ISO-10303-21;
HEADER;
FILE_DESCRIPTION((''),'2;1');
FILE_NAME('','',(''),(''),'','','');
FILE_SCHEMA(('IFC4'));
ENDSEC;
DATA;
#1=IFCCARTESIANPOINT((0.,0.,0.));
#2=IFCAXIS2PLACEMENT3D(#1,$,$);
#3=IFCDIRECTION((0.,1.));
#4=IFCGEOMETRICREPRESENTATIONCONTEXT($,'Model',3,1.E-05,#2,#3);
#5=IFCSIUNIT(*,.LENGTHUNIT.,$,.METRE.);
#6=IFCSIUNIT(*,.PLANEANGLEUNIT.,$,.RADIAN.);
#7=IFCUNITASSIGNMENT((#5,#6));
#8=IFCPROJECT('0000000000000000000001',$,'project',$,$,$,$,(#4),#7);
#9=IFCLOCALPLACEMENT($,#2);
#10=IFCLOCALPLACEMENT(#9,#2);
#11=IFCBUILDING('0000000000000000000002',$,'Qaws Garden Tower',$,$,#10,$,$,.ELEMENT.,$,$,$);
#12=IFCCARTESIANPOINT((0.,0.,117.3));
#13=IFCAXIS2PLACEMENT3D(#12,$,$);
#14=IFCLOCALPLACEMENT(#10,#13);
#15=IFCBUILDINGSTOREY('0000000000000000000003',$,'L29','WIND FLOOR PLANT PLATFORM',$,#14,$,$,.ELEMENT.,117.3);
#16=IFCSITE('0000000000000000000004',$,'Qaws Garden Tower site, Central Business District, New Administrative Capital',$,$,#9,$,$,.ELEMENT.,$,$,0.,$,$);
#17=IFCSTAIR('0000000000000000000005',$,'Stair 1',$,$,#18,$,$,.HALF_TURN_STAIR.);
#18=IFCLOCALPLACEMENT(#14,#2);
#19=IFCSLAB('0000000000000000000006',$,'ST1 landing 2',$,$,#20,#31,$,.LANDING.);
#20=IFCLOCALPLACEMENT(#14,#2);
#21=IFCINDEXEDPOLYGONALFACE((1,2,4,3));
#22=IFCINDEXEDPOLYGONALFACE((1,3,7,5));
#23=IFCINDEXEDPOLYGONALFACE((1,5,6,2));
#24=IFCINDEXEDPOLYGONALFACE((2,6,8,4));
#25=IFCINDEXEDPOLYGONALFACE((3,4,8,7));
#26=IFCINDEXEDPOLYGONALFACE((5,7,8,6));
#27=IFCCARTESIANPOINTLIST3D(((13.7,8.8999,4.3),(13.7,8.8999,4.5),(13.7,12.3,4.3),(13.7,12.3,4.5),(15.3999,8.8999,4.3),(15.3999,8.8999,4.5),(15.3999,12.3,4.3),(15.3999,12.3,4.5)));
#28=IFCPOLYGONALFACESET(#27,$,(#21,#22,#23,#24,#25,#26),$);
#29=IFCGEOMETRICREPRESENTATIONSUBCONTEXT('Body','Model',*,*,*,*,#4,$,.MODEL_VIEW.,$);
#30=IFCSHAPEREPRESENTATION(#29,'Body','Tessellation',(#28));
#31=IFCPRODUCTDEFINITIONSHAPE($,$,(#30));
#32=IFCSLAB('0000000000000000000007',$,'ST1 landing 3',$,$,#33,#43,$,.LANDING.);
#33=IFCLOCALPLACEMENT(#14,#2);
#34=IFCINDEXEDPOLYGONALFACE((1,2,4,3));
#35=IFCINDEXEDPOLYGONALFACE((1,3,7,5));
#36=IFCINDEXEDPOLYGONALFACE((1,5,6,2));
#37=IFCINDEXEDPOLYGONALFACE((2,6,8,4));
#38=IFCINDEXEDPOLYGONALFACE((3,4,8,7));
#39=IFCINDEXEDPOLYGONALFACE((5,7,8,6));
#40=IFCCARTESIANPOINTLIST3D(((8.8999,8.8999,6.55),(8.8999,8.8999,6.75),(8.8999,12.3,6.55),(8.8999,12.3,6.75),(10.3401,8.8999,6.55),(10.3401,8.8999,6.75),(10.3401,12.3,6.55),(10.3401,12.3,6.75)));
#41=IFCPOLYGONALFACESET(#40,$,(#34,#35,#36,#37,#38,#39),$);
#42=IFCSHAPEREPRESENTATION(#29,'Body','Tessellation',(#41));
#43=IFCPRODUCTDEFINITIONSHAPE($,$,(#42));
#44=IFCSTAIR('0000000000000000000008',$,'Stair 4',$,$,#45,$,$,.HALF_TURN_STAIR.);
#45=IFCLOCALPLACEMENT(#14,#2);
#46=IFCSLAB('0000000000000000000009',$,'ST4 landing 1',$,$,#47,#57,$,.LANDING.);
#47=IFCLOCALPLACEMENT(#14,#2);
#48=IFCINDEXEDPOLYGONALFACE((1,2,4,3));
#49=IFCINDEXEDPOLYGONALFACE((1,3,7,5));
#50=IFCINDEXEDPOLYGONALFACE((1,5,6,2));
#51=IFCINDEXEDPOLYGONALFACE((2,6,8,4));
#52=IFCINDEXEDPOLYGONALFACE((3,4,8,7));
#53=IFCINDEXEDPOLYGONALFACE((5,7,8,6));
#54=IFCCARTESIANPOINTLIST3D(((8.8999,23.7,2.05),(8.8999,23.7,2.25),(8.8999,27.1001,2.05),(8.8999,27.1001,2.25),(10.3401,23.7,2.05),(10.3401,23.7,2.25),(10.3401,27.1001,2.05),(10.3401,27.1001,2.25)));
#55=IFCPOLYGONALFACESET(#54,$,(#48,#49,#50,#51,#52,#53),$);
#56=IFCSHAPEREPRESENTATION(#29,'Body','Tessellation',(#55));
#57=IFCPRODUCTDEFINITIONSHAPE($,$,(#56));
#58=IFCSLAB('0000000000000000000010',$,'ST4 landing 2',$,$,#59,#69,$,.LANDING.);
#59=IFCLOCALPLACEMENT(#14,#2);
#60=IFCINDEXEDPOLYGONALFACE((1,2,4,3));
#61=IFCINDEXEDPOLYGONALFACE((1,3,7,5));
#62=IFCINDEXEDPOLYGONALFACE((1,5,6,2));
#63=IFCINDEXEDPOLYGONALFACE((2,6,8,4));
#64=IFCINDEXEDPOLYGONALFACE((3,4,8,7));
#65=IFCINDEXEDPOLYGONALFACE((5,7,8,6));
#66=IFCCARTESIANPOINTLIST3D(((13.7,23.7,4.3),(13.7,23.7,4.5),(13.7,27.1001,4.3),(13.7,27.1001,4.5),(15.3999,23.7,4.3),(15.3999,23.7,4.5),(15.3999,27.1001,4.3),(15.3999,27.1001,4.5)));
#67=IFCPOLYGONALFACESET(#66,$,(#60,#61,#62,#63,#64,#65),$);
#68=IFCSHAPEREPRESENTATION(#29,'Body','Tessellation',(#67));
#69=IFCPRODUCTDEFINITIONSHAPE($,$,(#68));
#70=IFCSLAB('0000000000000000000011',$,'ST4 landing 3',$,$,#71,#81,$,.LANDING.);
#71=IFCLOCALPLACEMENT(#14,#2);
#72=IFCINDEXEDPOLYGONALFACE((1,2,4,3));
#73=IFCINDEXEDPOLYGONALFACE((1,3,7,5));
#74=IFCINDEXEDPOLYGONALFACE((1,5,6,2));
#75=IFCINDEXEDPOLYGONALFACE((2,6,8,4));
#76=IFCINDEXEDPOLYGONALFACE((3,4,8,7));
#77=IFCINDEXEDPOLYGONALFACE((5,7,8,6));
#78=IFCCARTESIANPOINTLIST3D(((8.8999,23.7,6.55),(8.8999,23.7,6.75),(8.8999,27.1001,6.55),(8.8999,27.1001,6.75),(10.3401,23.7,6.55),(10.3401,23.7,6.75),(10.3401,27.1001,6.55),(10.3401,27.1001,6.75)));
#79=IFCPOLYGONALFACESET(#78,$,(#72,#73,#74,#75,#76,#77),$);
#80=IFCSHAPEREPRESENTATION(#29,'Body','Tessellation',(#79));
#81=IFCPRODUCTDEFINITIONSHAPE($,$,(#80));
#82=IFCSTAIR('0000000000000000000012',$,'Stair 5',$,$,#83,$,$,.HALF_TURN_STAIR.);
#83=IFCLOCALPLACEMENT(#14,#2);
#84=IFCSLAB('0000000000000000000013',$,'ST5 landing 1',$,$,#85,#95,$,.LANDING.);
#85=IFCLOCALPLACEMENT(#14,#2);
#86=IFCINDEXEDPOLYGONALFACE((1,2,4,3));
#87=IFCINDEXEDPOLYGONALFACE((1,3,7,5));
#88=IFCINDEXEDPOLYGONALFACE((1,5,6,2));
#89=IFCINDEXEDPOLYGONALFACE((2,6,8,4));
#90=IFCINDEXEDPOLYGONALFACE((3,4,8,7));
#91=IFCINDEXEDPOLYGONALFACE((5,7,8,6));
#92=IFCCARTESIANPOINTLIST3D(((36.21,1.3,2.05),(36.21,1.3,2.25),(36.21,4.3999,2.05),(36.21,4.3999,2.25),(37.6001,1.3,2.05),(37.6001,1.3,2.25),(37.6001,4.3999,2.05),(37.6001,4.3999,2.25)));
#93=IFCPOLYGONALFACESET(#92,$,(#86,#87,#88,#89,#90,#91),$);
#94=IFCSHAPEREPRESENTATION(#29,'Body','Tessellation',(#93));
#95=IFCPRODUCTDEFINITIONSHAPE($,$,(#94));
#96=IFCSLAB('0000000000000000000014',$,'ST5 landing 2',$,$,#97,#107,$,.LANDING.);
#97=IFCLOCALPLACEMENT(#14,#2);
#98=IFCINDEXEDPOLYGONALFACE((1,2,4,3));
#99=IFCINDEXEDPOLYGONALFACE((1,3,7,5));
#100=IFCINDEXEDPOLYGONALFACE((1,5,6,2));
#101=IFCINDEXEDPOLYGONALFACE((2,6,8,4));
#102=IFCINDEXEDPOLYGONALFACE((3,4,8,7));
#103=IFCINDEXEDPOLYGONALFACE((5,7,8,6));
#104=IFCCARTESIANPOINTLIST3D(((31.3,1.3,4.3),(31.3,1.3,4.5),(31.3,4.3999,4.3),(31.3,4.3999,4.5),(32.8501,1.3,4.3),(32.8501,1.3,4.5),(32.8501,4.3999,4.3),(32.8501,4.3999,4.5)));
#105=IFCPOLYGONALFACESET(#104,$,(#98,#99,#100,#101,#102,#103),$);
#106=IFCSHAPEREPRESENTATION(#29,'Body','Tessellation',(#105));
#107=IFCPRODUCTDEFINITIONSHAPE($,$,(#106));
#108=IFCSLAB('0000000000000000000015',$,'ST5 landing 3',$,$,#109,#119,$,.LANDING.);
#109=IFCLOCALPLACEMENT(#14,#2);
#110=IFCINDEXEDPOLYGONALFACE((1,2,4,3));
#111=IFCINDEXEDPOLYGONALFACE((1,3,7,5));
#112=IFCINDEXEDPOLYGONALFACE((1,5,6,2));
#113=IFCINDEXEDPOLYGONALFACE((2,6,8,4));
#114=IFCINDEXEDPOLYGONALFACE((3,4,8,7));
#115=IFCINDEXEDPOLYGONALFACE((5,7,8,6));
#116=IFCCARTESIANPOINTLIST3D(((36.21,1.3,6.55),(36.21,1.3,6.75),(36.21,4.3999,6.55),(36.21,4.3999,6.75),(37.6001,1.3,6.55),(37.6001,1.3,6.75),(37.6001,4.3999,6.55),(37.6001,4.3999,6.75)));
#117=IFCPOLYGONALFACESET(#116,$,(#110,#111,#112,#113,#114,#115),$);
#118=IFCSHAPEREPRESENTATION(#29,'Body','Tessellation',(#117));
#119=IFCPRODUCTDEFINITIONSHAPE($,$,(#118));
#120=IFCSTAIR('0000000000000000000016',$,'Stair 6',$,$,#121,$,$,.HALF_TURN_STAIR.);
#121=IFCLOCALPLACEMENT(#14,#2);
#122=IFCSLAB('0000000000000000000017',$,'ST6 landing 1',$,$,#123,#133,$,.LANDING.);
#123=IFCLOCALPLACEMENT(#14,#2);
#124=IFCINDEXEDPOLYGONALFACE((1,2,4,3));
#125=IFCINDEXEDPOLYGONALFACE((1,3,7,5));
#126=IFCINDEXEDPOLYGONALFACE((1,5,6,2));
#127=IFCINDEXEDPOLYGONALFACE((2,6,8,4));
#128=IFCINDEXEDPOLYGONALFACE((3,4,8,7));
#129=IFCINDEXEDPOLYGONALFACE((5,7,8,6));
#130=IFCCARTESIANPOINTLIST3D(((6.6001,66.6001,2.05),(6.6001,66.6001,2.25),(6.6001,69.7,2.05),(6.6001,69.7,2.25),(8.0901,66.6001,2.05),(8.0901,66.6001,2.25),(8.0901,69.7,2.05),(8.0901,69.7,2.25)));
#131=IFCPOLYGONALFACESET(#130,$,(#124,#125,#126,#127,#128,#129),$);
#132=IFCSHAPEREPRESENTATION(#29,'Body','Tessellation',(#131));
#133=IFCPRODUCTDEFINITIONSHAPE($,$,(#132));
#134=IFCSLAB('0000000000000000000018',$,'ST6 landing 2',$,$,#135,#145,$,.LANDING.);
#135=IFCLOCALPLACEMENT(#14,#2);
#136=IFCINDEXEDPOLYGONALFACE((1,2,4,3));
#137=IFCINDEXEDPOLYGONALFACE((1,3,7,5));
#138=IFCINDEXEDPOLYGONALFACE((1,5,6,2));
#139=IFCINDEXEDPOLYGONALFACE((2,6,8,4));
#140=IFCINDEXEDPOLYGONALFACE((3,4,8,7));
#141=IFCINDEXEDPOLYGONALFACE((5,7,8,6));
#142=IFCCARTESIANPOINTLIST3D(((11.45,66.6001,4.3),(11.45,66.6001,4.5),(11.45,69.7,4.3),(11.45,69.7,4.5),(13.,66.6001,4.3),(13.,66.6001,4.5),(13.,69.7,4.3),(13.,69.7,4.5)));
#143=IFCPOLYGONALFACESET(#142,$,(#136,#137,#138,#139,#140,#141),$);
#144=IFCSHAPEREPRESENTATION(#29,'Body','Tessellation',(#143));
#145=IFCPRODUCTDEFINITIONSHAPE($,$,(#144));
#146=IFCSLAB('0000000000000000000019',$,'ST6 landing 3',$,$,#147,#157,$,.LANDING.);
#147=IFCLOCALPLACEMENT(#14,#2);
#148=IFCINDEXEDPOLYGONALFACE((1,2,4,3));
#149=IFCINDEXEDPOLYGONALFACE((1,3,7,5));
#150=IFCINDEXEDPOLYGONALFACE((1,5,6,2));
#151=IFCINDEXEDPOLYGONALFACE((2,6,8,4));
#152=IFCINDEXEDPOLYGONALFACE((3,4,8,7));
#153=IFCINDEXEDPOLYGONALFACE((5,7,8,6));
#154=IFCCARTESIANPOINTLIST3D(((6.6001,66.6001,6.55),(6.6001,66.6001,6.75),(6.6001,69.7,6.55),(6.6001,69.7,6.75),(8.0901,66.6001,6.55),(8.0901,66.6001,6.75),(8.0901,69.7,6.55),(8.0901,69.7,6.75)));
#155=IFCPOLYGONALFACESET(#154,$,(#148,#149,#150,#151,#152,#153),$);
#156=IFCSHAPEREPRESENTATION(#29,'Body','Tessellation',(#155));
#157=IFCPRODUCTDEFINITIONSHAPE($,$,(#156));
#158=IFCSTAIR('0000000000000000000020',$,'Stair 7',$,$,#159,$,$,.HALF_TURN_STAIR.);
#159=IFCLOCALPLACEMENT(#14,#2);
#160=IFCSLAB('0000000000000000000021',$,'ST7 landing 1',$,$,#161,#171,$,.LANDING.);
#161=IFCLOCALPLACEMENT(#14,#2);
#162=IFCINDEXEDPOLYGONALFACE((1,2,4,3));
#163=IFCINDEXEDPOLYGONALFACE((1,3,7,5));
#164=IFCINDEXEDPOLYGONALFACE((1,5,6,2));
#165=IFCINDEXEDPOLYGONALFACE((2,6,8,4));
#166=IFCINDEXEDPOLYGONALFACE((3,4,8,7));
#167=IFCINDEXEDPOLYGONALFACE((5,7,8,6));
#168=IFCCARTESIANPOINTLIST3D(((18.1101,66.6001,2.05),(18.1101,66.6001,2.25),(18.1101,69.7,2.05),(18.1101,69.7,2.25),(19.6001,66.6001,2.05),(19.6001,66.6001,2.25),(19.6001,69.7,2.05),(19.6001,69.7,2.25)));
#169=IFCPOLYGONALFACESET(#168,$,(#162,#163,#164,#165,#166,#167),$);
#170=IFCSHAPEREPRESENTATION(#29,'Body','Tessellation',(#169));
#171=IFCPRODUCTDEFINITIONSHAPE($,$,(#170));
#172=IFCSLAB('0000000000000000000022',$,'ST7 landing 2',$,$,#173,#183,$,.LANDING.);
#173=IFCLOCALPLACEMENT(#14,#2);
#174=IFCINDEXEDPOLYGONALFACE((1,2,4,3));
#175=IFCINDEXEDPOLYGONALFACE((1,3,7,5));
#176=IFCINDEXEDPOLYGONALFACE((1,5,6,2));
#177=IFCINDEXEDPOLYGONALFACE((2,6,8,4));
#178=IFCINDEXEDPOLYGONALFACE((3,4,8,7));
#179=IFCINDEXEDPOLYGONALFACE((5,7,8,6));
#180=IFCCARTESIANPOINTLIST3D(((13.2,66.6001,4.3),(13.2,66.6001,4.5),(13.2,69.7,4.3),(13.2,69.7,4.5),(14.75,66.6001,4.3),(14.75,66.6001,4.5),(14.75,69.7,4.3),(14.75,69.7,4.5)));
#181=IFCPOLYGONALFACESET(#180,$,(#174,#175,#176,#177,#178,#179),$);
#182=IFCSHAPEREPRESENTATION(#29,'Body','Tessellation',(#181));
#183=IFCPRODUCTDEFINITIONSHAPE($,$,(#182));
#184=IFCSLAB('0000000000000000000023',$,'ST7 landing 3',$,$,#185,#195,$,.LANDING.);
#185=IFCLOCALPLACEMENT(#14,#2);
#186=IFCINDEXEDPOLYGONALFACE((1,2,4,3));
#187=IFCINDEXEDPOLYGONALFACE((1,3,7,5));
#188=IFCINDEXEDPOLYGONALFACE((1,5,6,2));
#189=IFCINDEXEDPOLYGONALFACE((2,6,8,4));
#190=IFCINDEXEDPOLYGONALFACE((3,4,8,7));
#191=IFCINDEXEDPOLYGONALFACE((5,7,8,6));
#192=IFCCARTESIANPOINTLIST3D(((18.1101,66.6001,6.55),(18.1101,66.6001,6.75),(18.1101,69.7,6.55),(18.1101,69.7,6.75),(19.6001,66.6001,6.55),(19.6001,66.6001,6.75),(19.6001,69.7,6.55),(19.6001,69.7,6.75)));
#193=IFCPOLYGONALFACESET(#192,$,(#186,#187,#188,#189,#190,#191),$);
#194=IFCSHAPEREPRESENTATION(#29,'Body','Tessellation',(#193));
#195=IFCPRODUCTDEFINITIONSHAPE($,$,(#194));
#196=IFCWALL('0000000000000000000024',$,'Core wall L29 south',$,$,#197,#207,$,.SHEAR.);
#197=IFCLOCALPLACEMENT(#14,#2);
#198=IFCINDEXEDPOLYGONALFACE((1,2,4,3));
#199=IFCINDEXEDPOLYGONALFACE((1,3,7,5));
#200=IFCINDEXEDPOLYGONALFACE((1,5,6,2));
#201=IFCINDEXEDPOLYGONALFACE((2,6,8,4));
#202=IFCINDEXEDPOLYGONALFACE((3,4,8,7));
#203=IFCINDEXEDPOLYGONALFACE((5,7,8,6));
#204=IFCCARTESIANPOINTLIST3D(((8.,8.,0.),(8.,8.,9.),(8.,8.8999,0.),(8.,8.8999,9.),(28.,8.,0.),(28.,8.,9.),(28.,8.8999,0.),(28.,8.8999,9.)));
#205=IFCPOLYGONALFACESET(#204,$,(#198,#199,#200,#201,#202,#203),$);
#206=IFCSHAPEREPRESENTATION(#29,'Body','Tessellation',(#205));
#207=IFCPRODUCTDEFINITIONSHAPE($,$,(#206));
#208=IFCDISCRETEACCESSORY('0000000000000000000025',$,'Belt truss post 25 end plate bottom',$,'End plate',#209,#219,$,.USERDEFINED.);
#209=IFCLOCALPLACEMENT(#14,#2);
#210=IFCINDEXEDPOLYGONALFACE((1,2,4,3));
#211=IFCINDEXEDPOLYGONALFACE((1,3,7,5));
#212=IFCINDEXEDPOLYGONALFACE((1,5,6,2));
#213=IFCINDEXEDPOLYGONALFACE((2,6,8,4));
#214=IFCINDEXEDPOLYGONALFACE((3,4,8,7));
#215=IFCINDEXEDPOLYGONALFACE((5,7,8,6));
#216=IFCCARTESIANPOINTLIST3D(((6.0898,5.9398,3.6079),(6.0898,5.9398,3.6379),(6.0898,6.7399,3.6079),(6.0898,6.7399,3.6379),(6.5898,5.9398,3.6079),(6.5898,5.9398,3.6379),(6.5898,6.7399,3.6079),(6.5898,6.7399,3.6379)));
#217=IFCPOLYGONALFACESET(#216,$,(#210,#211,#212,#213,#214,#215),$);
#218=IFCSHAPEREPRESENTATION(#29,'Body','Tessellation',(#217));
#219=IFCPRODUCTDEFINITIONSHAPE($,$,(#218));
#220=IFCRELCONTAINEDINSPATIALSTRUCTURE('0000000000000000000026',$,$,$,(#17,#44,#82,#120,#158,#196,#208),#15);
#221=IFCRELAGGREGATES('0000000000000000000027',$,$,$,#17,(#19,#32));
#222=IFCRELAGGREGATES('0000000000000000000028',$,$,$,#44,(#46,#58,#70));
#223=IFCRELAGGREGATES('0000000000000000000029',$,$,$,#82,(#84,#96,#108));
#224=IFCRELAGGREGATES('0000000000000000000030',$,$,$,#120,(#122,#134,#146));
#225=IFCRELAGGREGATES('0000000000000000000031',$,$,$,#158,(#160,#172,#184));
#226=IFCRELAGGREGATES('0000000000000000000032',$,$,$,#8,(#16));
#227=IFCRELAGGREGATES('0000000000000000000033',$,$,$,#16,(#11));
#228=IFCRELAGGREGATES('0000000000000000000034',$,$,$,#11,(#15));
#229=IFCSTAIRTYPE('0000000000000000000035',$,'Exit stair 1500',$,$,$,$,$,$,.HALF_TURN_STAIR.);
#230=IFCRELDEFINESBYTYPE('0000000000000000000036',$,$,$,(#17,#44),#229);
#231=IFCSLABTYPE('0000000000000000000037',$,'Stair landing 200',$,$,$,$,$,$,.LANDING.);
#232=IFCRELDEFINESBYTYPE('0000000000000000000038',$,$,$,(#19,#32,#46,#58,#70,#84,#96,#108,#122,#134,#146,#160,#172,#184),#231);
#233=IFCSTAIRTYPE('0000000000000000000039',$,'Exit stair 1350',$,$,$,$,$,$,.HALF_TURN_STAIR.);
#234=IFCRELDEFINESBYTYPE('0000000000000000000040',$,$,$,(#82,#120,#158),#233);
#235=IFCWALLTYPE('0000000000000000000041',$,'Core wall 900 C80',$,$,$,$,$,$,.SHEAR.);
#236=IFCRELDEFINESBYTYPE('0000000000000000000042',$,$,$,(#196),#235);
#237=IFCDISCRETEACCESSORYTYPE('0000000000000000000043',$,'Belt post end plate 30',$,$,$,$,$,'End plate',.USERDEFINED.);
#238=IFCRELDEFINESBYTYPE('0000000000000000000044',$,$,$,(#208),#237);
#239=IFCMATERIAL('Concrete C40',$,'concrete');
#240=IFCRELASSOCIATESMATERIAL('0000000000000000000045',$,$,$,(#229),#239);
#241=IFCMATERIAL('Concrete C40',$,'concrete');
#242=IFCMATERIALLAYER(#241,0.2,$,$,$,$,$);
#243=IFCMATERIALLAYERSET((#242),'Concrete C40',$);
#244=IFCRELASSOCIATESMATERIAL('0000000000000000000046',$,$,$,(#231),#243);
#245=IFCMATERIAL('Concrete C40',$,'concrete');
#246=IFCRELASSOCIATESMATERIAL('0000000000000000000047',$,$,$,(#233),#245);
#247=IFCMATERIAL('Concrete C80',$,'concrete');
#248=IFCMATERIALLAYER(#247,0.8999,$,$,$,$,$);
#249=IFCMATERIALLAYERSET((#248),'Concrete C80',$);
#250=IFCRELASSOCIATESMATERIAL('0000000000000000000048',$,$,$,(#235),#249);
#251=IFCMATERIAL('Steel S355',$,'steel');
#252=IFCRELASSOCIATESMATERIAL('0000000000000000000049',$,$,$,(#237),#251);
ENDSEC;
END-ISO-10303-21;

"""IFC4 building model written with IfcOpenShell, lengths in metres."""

from ifc_helpers import new_model, si_unit, direction, frame, frame_2d, origin, origin_2d, place, context, subcontext, project, spatial, polyline, rectangle, outline, extrude, material, layer, layer_set, type_object, element, aggregate, save


model = new_model("IFC4")

# Units and contexts
model_context = context("Model", 3, precision=1e-05, world=origin(), true_north=direction((0.0, 1.0)))
body_context = subcontext(model_context, "Body", "Model", "MODEL_VIEW")
ifc_project = project(units=[si_unit("LENGTHUNIT", "METRE"), si_unit("PLANEANGLEUNIT", "RADIAN")], contexts=[model_context])

# Site, building, storey
site_placement = place(None, origin())
site = spatial("IfcSite", under=ifc_project, at=site_placement, Name="Qaws Garden Tower site, Central Business District, New Administrative Capital", CompositionType="ELEMENT", RefElevation=0.0)
building_placement = place(site_placement, origin())
building = spatial("IfcBuilding", under=site, at=building_placement, Name="Qaws Garden Tower", CompositionType="ELEMENT")
storey_placement = place(building_placement, frame((0.0, 0.0, 117.3)))
storey = spatial("IfcBuildingStorey", under=building, at=storey_placement, Name="L29", Description="WIND FLOOR PLANT PLATFORM", CompositionType="ELEMENT", Elevation=117.3)

# Shared definitions
placement_1 = place(storey_placement, frame((6.3398, 6.3398, 3.6079), z_axis=(0.0, 0.0, 1.0), x_axis=(1.0, 0.0, 0.0)))

# Stairs, slabs
ifc_material_1 = material(Name="Concrete C40", Category="concrete")
stair_type_1 = type_object("IfcStairType", Name="Exit stair 1500", PredefinedType="HALF_TURN_STAIR", material=ifc_material_1)
placement_2 = place(storey_placement, origin())
stair_1 = element("IfcStair", 1, at=placement_2, inside=storey, type_object=stair_type_1, Name="Stair 1", PredefinedType="HALF_TURN_STAIR")
ifc_material_2 = material(Name="Concrete C40", Category="concrete")
ifc_layer_1 = layer(ifc_material_2, 0.2)
ifc_layer_set_1 = layer_set([ifc_layer_1], Name="Concrete C40")
slab_type_1 = type_object("IfcSlabType", Name="Stair landing 200", PredefinedType="LANDING", material=ifc_layer_set_1)
placement_3 = place(storey_placement, frame((0.0, 0.0, 2.05)))
placement_4 = place(storey_placement, frame((0.0, 0.0, 4.3)))
slab_1 = element("IfcSlab", 2, at=placement_4, type_object=slab_type_1, Name="ST1 landing 2", PredefinedType="LANDING", context=body_context, shape_type="SweptSolid", body=[
    extrude(outline(polyline([(13.7, 8.8999), (15.3999, 8.8999), (15.3999, 12.3), (13.7, 12.3), (13.7, 8.8999)])), origin(), (0.0, 0.0, 1.0), 0.2),
])
placement_5 = place(storey_placement, frame((0.0, 0.0, 6.55)))
slab_2 = element("IfcSlab", 3, at=placement_5, type_object=slab_type_1, Name="ST1 landing 3", PredefinedType="LANDING", context=body_context, shape_type="SweptSolid", body=[
    extrude(outline(polyline([(8.8999, 8.8999), (10.3401, 8.8999), (10.3401, 12.3), (8.8999, 12.3), (8.8999, 8.8999)])), origin(), (0.0, 0.0, 1.0), 0.2),
])
aggregate(stair_1, [slab_1, slab_2])
stair_2 = element("IfcStair", 4, at=placement_2, inside=storey, type_object=stair_type_1, Name="Stair 4", PredefinedType="HALF_TURN_STAIR")
slab_3 = element("IfcSlab", 5, at=placement_3, type_object=slab_type_1, Name="ST4 landing 1", PredefinedType="LANDING", context=body_context, shape_type="SweptSolid", body=[
    extrude(outline(polyline([(8.8999, 23.7), (10.3401, 23.7), (10.3401, 27.1001), (8.8999, 27.1001), (8.8999, 23.7)])), origin(), (0.0, 0.0, 1.0), 0.2),
])
slab_4 = element("IfcSlab", 6, at=placement_4, type_object=slab_type_1, Name="ST4 landing 2", PredefinedType="LANDING", context=body_context, shape_type="SweptSolid", body=[
    extrude(outline(polyline([(13.7, 23.7), (15.3999, 23.7), (15.3999, 27.1001), (13.7, 27.1001), (13.7, 23.7)])), origin(), (0.0, 0.0, 1.0), 0.2),
])
slab_5 = element("IfcSlab", 7, at=placement_5, type_object=slab_type_1, Name="ST4 landing 3", PredefinedType="LANDING", context=body_context, shape_type="SweptSolid", body=[
    extrude(outline(polyline([(8.8999, 23.7), (10.3401, 23.7), (10.3401, 27.1001), (8.8999, 27.1001), (8.8999, 23.7)])), origin(), (0.0, 0.0, 1.0), 0.2),
])
aggregate(stair_2, [slab_3, slab_4, slab_5])
ifc_material_3 = material(Name="Concrete C40", Category="concrete")
stair_type_2 = type_object("IfcStairType", Name="Exit stair 1350", PredefinedType="HALF_TURN_STAIR", material=ifc_material_3)
stair_3 = element("IfcStair", 8, at=placement_2, inside=storey, type_object=stair_type_2, Name="Stair 5", PredefinedType="HALF_TURN_STAIR")
slab_6 = element("IfcSlab", 9, at=placement_3, type_object=slab_type_1, Name="ST5 landing 1", PredefinedType="LANDING", context=body_context, shape_type="SweptSolid", body=[
    extrude(outline(polyline([(36.21, 1.3), (37.6001, 1.3), (37.6001, 4.3999), (36.21, 4.3999), (36.21, 1.3)])), origin(), (0.0, 0.0, 1.0), 0.2),
])
slab_7 = element("IfcSlab", 10, at=placement_4, type_object=slab_type_1, Name="ST5 landing 2", PredefinedType="LANDING", context=body_context, shape_type="SweptSolid", body=[
    extrude(outline(polyline([(31.3, 1.3), (32.8501, 1.3), (32.8501, 4.3999), (31.3, 4.3999), (31.3, 1.3)])), origin(), (0.0, 0.0, 1.0), 0.2),
])
slab_8 = element("IfcSlab", 11, at=placement_5, type_object=slab_type_1, Name="ST5 landing 3", PredefinedType="LANDING", context=body_context, shape_type="SweptSolid", body=[
    extrude(outline(polyline([(36.21, 1.3), (37.6001, 1.3), (37.6001, 4.3999), (36.21, 4.3999), (36.21, 1.3)])), origin(), (0.0, 0.0, 1.0), 0.2),
])
aggregate(stair_3, [slab_6, slab_7, slab_8])
stair_4 = element("IfcStair", 12, at=placement_2, inside=storey, type_object=stair_type_2, Name="Stair 6", PredefinedType="HALF_TURN_STAIR")
slab_9 = element("IfcSlab", 13, at=placement_3, type_object=slab_type_1, Name="ST6 landing 1", PredefinedType="LANDING", context=body_context, shape_type="SweptSolid", body=[
    extrude(outline(polyline([(6.6001, 66.6001), (8.0901, 66.6001), (8.0901, 69.7), (6.6001, 69.7), (6.6001, 66.6001)])), origin(), (0.0, 0.0, 1.0), 0.2),
])
slab_10 = element("IfcSlab", 14, at=placement_4, type_object=slab_type_1, Name="ST6 landing 2", PredefinedType="LANDING", context=body_context, shape_type="SweptSolid", body=[
    extrude(outline(polyline([(11.45, 66.6001), (13.0, 66.6001), (13.0, 69.7), (11.45, 69.7), (11.45, 66.6001)])), origin(), (0.0, 0.0, 1.0), 0.2),
])
slab_11 = element("IfcSlab", 15, at=placement_5, type_object=slab_type_1, Name="ST6 landing 3", PredefinedType="LANDING", context=body_context, shape_type="SweptSolid", body=[
    extrude(outline(polyline([(6.6001, 66.6001), (8.0901, 66.6001), (8.0901, 69.7), (6.6001, 69.7), (6.6001, 66.6001)])), origin(), (0.0, 0.0, 1.0), 0.2),
])
aggregate(stair_4, [slab_9, slab_10, slab_11])
stair_5 = element("IfcStair", 16, at=placement_2, inside=storey, type_object=stair_type_2, Name="Stair 7", PredefinedType="HALF_TURN_STAIR")
slab_12 = element("IfcSlab", 17, at=placement_3, type_object=slab_type_1, Name="ST7 landing 1", PredefinedType="LANDING", context=body_context, shape_type="SweptSolid", body=[
    extrude(outline(polyline([(18.1101, 66.6001), (19.6001, 66.6001), (19.6001, 69.7), (18.1101, 69.7), (18.1101, 66.6001)])), origin(), (0.0, 0.0, 1.0), 0.2),
])
slab_13 = element("IfcSlab", 18, at=placement_4, type_object=slab_type_1, Name="ST7 landing 2", PredefinedType="LANDING", context=body_context, shape_type="SweptSolid", body=[
    extrude(outline(polyline([(13.2, 66.6001), (14.75, 66.6001), (14.75, 69.7), (13.2, 69.7), (13.2, 66.6001)])), origin(), (0.0, 0.0, 1.0), 0.2),
])
slab_14 = element("IfcSlab", 19, at=placement_5, type_object=slab_type_1, Name="ST7 landing 3", PredefinedType="LANDING", context=body_context, shape_type="SweptSolid", body=[
    extrude(outline(polyline([(18.1101, 66.6001), (19.6001, 66.6001), (19.6001, 69.7), (18.1101, 69.7), (18.1101, 66.6001)])), origin(), (0.0, 0.0, 1.0), 0.2),
])
aggregate(stair_5, [slab_12, slab_13, slab_14])

# Wall
ifc_material_4 = material(Name="Concrete C80", Category="concrete")
ifc_layer_2 = layer(ifc_material_4, 0.8999)
ifc_layer_set_2 = layer_set([ifc_layer_2], Name="Concrete C80")
wall_type = type_object("IfcWallType", Name="Core wall 900 C80", PredefinedType="SHEAR", material=ifc_layer_set_2)
wall_placement = place(storey_placement, frame((8.0, 8.45, 0.0), z_axis=(0.0, 0.0, 1.0), x_axis=(1.0, 0.0, 0.0)))
element("IfcWall", 20, at=wall_placement, inside=storey, type_object=wall_type, Name="Core wall L29 south", PredefinedType="SHEAR", context=body_context, shape_type="SweptSolid", body=[
    extrude(rectangle(XDim=20.0, YDim=0.8999, at=frame_2d((10.0, 0.0))), origin(), (0.0, 0.0, 1.0), 9.0),
])

# Discrete accessory
ifc_material_5 = material(Name="Steel S355", Category="steel")
discrete_accessory_type = type_object("IfcDiscreteAccessoryType", Name="Belt post end plate 30", ElementType="End plate", PredefinedType="USERDEFINED", material=ifc_material_5)
element("IfcDiscreteAccessory", 21, at=placement_1, inside=storey, type_object=discrete_accessory_type, Name="Belt truss post 25 end plate bottom", ObjectType="End plate", PredefinedType="USERDEFINED", context=body_context, shape_type="SweptSolid", body=[
    extrude(rectangle(XDim=0.5, YDim=0.8, at=origin_2d()), origin(), (0.0, 0.0, 1.0), 0.03),
])

save(model, "model.ifc")
